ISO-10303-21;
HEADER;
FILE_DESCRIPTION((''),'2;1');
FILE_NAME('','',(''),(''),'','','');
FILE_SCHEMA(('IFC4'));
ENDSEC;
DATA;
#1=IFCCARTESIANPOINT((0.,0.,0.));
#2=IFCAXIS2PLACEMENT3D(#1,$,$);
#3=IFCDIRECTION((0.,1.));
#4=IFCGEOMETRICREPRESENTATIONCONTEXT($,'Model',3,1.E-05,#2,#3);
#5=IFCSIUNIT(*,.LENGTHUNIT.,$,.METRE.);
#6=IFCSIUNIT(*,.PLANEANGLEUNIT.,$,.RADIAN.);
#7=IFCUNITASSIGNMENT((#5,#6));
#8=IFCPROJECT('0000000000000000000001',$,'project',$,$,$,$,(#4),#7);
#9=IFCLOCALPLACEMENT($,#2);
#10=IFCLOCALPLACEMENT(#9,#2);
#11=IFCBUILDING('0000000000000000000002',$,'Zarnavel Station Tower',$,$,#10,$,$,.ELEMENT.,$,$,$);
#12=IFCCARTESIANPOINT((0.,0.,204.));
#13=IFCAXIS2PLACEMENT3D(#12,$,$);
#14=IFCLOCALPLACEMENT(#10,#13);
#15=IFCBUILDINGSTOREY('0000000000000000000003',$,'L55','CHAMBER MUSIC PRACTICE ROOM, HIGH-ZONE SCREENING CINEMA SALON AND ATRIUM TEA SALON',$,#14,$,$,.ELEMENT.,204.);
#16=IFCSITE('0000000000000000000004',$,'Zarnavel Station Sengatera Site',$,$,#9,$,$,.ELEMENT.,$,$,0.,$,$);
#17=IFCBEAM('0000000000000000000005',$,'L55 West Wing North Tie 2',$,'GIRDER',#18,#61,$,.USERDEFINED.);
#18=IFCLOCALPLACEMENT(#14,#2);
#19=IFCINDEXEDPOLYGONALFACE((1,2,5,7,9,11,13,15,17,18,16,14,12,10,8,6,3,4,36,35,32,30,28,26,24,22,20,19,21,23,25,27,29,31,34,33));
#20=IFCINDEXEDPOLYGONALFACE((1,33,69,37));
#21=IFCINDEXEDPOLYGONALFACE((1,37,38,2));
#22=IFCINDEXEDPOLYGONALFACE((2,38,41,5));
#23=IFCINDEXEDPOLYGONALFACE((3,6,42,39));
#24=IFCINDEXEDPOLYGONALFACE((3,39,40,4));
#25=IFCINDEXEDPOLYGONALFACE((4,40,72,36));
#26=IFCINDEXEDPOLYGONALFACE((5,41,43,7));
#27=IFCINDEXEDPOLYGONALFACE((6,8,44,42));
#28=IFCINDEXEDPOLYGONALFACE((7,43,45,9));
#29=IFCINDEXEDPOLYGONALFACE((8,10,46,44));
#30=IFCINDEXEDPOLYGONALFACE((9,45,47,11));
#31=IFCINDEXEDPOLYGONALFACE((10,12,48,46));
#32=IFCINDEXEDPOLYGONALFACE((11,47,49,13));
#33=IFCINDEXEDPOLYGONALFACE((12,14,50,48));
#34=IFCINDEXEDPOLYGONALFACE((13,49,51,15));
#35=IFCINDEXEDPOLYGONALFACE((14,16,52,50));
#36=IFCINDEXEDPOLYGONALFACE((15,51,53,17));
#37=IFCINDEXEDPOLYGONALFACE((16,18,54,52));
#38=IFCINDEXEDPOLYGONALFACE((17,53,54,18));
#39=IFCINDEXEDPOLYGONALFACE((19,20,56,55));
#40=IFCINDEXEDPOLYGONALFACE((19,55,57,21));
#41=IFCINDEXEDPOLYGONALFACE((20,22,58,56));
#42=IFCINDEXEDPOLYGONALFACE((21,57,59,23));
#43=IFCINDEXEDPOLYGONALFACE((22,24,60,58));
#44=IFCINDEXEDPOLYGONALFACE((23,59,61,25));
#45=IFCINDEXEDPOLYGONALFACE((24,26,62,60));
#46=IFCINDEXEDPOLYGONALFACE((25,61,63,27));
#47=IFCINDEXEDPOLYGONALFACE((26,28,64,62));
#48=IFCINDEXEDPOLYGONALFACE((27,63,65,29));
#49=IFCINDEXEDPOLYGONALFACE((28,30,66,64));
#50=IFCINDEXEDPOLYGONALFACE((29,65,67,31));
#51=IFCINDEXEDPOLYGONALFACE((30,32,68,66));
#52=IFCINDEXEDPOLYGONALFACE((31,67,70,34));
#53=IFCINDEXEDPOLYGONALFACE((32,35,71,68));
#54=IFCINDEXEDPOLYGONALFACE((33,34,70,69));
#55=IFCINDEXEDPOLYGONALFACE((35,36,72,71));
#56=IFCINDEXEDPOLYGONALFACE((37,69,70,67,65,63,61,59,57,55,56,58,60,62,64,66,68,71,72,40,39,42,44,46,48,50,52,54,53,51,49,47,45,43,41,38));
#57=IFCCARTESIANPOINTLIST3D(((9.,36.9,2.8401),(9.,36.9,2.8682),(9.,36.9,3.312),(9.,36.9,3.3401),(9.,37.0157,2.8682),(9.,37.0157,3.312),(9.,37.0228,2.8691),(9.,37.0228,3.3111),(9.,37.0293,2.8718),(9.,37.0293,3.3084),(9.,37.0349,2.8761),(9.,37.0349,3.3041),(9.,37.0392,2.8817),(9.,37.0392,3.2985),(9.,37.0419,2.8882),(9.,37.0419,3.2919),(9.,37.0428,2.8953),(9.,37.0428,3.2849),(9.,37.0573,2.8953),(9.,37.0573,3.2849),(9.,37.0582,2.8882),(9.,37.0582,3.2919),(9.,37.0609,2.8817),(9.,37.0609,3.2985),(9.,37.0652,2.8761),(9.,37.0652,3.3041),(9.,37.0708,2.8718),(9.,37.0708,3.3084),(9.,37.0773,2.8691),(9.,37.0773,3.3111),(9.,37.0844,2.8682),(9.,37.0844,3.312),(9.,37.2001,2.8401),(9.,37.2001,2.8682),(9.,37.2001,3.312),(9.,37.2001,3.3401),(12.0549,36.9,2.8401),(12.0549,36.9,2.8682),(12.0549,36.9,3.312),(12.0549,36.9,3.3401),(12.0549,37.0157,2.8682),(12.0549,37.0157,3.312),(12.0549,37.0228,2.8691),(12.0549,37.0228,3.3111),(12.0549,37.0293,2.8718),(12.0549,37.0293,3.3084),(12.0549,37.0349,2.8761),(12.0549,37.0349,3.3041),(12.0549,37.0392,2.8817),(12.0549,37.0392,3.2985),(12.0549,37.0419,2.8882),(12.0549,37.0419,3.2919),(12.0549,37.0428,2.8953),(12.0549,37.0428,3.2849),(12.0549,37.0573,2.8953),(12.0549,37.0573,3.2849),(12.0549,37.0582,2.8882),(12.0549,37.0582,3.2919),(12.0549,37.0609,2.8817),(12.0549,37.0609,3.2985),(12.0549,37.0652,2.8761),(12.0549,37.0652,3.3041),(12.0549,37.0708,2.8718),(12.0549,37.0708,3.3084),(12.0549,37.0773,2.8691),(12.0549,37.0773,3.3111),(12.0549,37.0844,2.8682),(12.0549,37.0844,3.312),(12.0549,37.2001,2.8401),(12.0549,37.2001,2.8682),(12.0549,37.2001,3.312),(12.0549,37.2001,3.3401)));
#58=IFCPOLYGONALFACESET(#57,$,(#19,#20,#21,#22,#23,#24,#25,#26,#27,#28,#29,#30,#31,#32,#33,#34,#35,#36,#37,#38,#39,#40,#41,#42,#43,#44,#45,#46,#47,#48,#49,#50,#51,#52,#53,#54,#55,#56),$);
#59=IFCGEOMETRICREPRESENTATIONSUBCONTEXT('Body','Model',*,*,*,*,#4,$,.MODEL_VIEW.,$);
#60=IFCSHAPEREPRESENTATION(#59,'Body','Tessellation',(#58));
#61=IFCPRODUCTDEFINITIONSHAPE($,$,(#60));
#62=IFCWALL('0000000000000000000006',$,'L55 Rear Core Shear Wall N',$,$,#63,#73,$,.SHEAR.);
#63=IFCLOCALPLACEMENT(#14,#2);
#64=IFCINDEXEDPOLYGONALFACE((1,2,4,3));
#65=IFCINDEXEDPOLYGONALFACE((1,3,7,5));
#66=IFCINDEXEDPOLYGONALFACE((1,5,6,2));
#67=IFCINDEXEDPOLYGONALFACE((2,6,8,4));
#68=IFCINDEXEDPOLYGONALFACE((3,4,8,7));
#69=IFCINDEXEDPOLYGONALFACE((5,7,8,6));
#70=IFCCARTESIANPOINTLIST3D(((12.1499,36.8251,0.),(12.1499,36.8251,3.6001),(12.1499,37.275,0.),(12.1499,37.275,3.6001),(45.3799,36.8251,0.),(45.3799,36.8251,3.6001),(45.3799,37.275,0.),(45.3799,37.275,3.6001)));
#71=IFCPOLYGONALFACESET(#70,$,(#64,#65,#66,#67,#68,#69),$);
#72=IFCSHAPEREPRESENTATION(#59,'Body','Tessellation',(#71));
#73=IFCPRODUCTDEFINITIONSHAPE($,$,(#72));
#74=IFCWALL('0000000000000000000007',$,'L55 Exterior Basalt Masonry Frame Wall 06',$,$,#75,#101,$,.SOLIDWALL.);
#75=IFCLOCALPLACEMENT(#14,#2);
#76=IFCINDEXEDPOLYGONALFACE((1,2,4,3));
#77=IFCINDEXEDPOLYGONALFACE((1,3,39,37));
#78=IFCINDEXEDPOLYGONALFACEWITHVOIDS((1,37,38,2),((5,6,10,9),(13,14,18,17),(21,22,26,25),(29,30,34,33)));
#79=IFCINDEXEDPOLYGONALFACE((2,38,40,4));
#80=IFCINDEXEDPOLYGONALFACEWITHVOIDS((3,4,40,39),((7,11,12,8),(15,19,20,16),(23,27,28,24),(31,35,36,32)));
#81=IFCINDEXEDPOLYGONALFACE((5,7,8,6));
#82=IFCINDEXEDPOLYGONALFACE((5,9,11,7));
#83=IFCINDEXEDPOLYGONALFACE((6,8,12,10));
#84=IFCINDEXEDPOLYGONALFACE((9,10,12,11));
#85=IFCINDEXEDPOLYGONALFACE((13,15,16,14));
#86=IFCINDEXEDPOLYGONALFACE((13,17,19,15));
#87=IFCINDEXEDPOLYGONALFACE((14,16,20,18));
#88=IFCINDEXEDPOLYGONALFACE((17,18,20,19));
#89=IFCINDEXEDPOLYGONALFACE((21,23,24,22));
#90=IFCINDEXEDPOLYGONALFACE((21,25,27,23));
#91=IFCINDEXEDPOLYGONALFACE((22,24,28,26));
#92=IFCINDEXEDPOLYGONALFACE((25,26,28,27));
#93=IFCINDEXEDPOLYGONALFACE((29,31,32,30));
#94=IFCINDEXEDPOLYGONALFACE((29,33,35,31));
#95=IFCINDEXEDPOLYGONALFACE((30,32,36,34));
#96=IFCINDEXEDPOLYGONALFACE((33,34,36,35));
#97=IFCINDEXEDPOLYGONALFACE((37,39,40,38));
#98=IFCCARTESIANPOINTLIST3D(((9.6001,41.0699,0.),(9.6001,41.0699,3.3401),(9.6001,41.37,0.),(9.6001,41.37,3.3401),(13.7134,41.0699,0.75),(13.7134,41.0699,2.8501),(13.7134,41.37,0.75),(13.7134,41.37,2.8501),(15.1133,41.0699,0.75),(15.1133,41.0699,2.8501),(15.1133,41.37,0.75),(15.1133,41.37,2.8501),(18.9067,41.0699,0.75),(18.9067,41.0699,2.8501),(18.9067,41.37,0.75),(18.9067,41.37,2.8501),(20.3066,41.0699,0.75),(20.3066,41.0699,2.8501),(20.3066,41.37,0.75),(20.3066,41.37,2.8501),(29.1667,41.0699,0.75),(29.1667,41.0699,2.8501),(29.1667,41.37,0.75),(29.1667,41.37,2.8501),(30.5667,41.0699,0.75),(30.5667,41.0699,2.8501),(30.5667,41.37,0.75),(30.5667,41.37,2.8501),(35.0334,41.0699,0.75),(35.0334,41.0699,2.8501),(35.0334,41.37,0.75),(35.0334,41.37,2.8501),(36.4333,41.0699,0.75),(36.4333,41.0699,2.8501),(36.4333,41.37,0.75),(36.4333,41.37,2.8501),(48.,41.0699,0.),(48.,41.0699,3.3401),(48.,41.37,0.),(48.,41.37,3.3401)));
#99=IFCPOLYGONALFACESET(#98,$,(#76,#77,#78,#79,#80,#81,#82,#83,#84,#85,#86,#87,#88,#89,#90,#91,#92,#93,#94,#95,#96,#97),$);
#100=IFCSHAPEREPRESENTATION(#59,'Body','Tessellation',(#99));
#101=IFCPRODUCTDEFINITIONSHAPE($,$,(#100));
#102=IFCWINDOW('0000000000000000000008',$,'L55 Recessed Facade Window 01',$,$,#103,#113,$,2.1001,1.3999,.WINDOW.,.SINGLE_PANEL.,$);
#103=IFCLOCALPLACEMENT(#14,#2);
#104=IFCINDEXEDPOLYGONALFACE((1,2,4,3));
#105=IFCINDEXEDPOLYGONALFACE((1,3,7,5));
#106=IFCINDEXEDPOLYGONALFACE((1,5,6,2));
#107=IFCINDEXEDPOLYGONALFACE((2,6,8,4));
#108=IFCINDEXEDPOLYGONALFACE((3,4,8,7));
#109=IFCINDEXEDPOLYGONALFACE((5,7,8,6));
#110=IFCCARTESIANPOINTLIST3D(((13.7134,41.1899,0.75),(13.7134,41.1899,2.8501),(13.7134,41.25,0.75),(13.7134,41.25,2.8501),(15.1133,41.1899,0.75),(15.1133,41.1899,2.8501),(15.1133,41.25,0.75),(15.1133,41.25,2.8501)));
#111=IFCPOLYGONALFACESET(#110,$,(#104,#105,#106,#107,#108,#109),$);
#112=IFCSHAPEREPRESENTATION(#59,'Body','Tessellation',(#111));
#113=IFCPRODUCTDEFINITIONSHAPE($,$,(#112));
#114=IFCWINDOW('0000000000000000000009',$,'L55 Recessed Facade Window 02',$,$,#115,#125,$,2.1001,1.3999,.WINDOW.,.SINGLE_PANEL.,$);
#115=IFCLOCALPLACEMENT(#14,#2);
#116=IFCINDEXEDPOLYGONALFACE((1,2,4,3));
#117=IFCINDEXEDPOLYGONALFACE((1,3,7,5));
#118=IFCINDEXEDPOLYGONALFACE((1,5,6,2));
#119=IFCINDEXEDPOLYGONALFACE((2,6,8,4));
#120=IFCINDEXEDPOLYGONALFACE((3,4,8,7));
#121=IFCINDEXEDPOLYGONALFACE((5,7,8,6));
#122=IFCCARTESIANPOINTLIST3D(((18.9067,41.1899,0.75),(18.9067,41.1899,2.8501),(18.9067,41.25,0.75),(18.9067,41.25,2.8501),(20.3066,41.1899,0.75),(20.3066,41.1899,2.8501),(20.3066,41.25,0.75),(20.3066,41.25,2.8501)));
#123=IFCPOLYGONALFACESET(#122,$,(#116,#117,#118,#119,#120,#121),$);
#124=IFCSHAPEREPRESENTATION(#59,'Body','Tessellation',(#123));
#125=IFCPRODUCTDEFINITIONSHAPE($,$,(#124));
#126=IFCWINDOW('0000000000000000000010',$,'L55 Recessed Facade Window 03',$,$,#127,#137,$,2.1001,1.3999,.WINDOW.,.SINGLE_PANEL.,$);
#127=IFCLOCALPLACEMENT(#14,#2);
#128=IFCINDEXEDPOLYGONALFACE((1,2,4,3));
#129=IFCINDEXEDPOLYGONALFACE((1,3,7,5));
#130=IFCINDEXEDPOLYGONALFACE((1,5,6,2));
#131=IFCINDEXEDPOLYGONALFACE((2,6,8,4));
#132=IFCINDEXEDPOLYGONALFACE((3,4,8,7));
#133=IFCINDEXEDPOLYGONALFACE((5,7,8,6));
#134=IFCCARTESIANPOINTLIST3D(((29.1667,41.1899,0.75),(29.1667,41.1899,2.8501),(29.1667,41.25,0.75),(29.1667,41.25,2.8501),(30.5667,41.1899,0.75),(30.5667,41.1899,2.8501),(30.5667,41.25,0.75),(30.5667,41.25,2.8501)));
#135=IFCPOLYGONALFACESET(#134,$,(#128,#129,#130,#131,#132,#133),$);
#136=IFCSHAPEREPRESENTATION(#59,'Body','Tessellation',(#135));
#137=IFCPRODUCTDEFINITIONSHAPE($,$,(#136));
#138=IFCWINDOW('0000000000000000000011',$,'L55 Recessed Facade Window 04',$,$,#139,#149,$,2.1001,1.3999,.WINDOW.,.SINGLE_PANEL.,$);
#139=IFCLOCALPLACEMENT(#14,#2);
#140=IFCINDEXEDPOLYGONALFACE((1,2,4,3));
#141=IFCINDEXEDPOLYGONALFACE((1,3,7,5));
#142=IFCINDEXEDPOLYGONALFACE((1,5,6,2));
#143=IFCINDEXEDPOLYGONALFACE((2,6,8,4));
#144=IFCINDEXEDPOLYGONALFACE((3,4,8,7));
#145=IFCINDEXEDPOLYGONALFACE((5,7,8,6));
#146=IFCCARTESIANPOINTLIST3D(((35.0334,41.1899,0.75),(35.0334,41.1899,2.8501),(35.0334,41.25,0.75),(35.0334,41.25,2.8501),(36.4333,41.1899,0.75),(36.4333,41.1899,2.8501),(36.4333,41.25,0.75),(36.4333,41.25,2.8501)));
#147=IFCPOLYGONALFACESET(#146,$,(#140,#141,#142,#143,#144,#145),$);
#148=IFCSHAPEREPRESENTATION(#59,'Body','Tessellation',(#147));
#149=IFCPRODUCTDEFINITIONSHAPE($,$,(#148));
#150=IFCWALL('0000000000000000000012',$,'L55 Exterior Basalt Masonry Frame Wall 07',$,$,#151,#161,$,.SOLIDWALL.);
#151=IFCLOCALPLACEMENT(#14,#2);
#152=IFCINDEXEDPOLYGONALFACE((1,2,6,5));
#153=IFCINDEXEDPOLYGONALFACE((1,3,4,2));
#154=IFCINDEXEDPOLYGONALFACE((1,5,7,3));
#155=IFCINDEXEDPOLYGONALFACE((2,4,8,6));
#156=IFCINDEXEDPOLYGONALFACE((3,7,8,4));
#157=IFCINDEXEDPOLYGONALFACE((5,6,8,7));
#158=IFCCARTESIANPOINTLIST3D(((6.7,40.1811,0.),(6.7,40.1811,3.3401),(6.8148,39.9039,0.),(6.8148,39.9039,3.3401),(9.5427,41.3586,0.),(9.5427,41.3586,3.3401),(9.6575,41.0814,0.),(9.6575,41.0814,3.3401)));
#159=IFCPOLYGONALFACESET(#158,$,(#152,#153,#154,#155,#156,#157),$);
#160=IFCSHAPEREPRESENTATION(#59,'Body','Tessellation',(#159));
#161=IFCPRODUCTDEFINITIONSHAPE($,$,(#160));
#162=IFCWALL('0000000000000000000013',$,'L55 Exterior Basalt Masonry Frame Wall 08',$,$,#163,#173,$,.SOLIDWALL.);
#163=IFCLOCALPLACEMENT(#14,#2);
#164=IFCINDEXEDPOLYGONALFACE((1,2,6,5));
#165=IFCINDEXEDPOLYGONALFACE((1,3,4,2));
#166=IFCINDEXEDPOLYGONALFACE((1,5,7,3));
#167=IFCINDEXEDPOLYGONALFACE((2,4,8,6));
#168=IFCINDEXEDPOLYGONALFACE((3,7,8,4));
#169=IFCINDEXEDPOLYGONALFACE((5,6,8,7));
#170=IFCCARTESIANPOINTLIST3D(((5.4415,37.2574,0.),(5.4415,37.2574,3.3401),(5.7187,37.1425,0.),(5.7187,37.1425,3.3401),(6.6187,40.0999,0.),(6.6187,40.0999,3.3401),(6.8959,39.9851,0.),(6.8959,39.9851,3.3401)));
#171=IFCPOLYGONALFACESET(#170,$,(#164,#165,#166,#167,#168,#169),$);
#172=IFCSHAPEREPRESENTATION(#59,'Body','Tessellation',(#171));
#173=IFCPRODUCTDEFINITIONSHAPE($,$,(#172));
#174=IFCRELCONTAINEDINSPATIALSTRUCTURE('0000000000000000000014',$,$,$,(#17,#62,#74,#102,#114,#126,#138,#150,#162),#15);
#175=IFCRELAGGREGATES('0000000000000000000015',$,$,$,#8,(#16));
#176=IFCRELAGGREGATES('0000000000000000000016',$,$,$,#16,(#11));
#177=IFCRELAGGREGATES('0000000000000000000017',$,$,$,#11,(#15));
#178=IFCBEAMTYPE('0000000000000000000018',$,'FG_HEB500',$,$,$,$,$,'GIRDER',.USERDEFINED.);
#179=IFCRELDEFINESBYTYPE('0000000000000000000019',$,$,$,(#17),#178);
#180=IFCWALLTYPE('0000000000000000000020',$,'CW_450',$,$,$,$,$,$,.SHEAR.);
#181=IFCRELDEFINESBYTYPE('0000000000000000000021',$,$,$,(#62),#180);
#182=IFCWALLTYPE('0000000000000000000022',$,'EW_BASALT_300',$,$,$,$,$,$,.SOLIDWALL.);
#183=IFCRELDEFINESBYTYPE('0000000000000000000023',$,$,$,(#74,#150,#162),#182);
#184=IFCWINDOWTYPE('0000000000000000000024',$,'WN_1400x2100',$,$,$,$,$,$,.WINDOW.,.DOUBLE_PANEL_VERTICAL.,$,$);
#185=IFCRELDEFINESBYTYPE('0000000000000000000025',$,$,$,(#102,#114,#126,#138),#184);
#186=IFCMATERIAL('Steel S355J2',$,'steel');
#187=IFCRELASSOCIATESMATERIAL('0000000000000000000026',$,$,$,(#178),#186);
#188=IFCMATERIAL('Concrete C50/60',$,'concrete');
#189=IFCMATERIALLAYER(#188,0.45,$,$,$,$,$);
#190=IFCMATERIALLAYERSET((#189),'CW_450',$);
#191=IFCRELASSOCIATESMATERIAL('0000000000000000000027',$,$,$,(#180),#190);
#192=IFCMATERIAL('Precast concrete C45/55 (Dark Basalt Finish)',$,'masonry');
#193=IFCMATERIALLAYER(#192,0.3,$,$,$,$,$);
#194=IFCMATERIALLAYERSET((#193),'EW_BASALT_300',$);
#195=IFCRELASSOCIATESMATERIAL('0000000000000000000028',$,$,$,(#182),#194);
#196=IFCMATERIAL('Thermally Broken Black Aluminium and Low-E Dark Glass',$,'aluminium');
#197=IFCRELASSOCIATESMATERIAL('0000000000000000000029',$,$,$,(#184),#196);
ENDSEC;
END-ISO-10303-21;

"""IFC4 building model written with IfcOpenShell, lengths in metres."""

from ifc_helpers import new_model, si_unit, direction, frame, frame_2d, origin, origin_2d, place, context, subcontext, project, spatial, rectangle, i_section, extrude, material, layer, layer_set, material_profile, profile_set, type_object, element, fill, save


model = new_model("IFC4")

# Units and contexts
model_context = context("Model", 3, precision=1e-05, world=origin(), true_north=direction((0.0, 1.0)))
body_context = subcontext(model_context, "Body", "Model", "MODEL_VIEW")
ifc_project = project(units=[si_unit("LENGTHUNIT", "METRE"), si_unit("PLANEANGLEUNIT", "RADIAN")], contexts=[model_context])

# Site, building, storey
site_placement = place(None, origin())
site = spatial("IfcSite", under=ifc_project, at=site_placement, Name="Zarnavel Station Sengatera Site", CompositionType="ELEMENT", RefElevation=0.0)
building_placement = place(site_placement, origin())
building = spatial("IfcBuilding", under=site, at=building_placement, Name="Zarnavel Station Tower", CompositionType="ELEMENT")
storey_placement = place(building_placement, frame((0.0, 0.0, 204.0)))
storey = spatial("IfcBuildingStorey", under=building, at=storey_placement, Name="L55", Description="CHAMBER MUSIC PRACTICE ROOM, HIGH-ZONE SCREENING CINEMA SALON AND ATRIUM TEA SALON", CompositionType="ELEMENT", Elevation=204.0)

# Beam
ifc_material_1 = material(Name="Steel S355J2", Category="steel")
ifc_material_profile_1 = material_profile(ifc_material_1, i_section(OverallWidth=0.3, OverallDepth=0.5, WebThickness=0.0144, FlangeThickness=0.0281, FilletRadius=0.0271, at=origin_2d()), Name="HEB500")
ifc_profile_set_1 = profile_set([ifc_material_profile_1], Name="Steel S355J2")
beam_type = type_object("IfcBeamType", Name="FG_HEB500", ElementType="GIRDER", PredefinedType="USERDEFINED", material=ifc_profile_set_1)
beam_1_placement = place(storey_placement, frame((9.0, 37.05, 3.0901), z_axis=(1.0, 0.0, 0.0), x_axis=(0.0, 1.0, 0.0)))
element("IfcBeam", 1, at=beam_1_placement, inside=storey, type_object=beam_type, Name="L55 West Wing North Tie 2", ObjectType="GIRDER", PredefinedType="USERDEFINED", context=body_context, shape_type="SweptSolid", body=[
    extrude(i_section(OverallWidth=0.3, OverallDepth=0.5, WebThickness=0.0144, FlangeThickness=0.0281, FilletRadius=0.0271, at=origin_2d()), origin(), (0.0, 0.0, 1.0), 3.0549),
])

# Wall
ifc_material_2 = material(Name="Concrete C50/60", Category="concrete")
ifc_layer_1 = layer(ifc_material_2, 0.45)
ifc_layer_set_1 = layer_set([ifc_layer_1], Name="CW_450")
wall_type_1 = type_object("IfcWallType", Name="CW_450", PredefinedType="SHEAR", material=ifc_layer_set_1)
wall_1_placement = place(storey_placement, frame((12.1499, 37.05, 0.0), z_axis=(0.0, 0.0, 1.0), x_axis=(1.0, 0.0, 0.0)))
element("IfcWall", 2, at=wall_1_placement, inside=storey, type_object=wall_type_1, Name="L55 Rear Core Shear Wall N", PredefinedType="SHEAR", context=body_context, shape_type="SweptSolid", body=[
    extrude(rectangle(XDim=33.23, YDim=0.45, at=frame_2d((16.615, 0.0))), origin(), (0.0, 0.0, 1.0), 3.6001),
])

# Wall, openings, windows
ifc_material_3 = material(Name="Precast concrete C45/55 (Dark Basalt Finish)", Category="masonry")
ifc_layer_2 = layer(ifc_material_3, 0.3)
ifc_layer_set_2 = layer_set([ifc_layer_2], Name="EW_BASALT_300")
wall_type_2 = type_object("IfcWallType", Name="EW_BASALT_300", PredefinedType="SOLIDWALL", material=ifc_layer_set_2)
wall_2_placement = place(storey_placement, frame((9.6001, 41.22, 0.0), z_axis=(0.0, 0.0, 1.0), x_axis=(1.0, 0.0, 0.0)))
wall_2 = element("IfcWall", 3, at=wall_2_placement, inside=storey, type_object=wall_type_2, Name="L55 Exterior Basalt Masonry Frame Wall 06", PredefinedType="SOLIDWALL", context=body_context, shape_type="SweptSolid", body=[
    extrude(rectangle(XDim=38.3999, YDim=0.3, at=frame_2d((19.2, 0.0))), origin(), (0.0, 0.0, 1.0), 3.3401),
])
opening_1_placement = place(wall_2_placement, frame((4.1133, 0.0, 0.75)))
opening_1 = element("IfcOpeningElement", 4, at=opening_1_placement, cuts=wall_2, PredefinedType="OPENING", context=body_context, shape_type="SweptSolid", body=[
    extrude(rectangle(XDim=1.3999, YDim=2.1001, at=frame_2d((0.7, 1.05))), frame((0.0, 0.1599, 0.0), z_axis=(0.0, -1.0, 0.0), x_axis=(1.0, 0.0, 0.0)), (0.0, 0.0, 1.0), 0.3201),
])
opening_2_placement = place(wall_2_placement, frame((9.3066, 0.0, 0.75)))
opening_2 = element("IfcOpeningElement", 5, at=opening_2_placement, cuts=wall_2, PredefinedType="OPENING", context=body_context, shape_type="SweptSolid", body=[
    extrude(rectangle(XDim=1.3999, YDim=2.1001, at=frame_2d((0.7, 1.05))), frame((0.0, 0.1599, 0.0), z_axis=(0.0, -1.0, 0.0), x_axis=(1.0, 0.0, 0.0)), (0.0, 0.0, 1.0), 0.3201),
])
opening_3_placement = place(wall_2_placement, frame((19.5667, 0.0, 0.75)))
opening_3 = element("IfcOpeningElement", 6, at=opening_3_placement, cuts=wall_2, PredefinedType="OPENING", context=body_context, shape_type="SweptSolid", body=[
    extrude(rectangle(XDim=1.3999, YDim=2.1001, at=frame_2d((0.7, 1.05))), frame((0.0, 0.1599, 0.0), z_axis=(0.0, -1.0, 0.0), x_axis=(1.0, 0.0, 0.0)), (0.0, 0.0, 1.0), 0.3201),
])
opening_4_placement = place(wall_2_placement, frame((25.4333, 0.0, 0.75)))
opening_4 = element("IfcOpeningElement", 7, at=opening_4_placement, cuts=wall_2, PredefinedType="OPENING", context=body_context, shape_type="SweptSolid", body=[
    extrude(rectangle(XDim=1.3999, YDim=2.1001, at=frame_2d((0.7, 1.05))), frame((0.0, 0.1599, 0.0), z_axis=(0.0, -1.0, 0.0), x_axis=(1.0, 0.0, 0.0)), (0.0, 0.0, 1.0), 0.3201),
])
ifc_material_4 = material(Name="Thermally Broken Black Aluminium and Low-E Dark Glass", Category="aluminium")
window_type = type_object("IfcWindowType", Name="WN_1400x2100", PartitioningType="DOUBLE_PANEL_VERTICAL", PredefinedType="WINDOW", material=ifc_material_4)
window_1_placement = place(opening_1_placement, origin())
window_1 = element("IfcWindow", 8, at=window_1_placement, inside=storey, type_object=window_type, Name="L55 Recessed Facade Window 01", OverallHeight=2.1001, OverallWidth=1.3999, PartitioningType="SINGLE_PANEL", PredefinedType="WINDOW", context=body_context, shape_type="SweptSolid", body=[
    extrude(rectangle(XDim=1.3999, YDim=2.1001, at=frame_2d((0.7, 1.05))), frame((0.0, 0.03, 0.0), z_axis=(0.0, -1.0, 0.0), x_axis=(1.0, 0.0, 0.0)), (0.0, 0.0, 1.0), 0.0601),
])
fill(opening_1, window_1)
window_2_placement = place(opening_2_placement, origin())
window_2 = element("IfcWindow", 9, at=window_2_placement, inside=storey, type_object=window_type, Name="L55 Recessed Facade Window 02", OverallHeight=2.1001, OverallWidth=1.3999, PartitioningType="SINGLE_PANEL", PredefinedType="WINDOW", context=body_context, shape_type="SweptSolid", body=[
    extrude(rectangle(XDim=1.3999, YDim=2.1001, at=frame_2d((0.7, 1.05))), frame((0.0, 0.03, 0.0), z_axis=(0.0, -1.0, 0.0), x_axis=(1.0, 0.0, 0.0)), (0.0, 0.0, 1.0), 0.0601),
])
fill(opening_2, window_2)
window_3_placement = place(opening_3_placement, origin())
window_3 = element("IfcWindow", 10, at=window_3_placement, inside=storey, type_object=window_type, Name="L55 Recessed Facade Window 03", OverallHeight=2.1001, OverallWidth=1.3999, PartitioningType="SINGLE_PANEL", PredefinedType="WINDOW", context=body_context, shape_type="SweptSolid", body=[
    extrude(rectangle(XDim=1.3999, YDim=2.1001, at=frame_2d((0.7, 1.05))), frame((0.0, 0.03, 0.0), z_axis=(0.0, -1.0, 0.0), x_axis=(1.0, 0.0, 0.0)), (0.0, 0.0, 1.0), 0.0601),
])
fill(opening_3, window_3)
window_4_placement = place(opening_4_placement, origin())
window_4 = element("IfcWindow", 11, at=window_4_placement, inside=storey, type_object=window_type, Name="L55 Recessed Facade Window 04", OverallHeight=2.1001, OverallWidth=1.3999, PartitioningType="SINGLE_PANEL", PredefinedType="WINDOW", context=body_context, shape_type="SweptSolid", body=[
    extrude(rectangle(XDim=1.3999, YDim=2.1001, at=frame_2d((0.7, 1.05))), frame((0.0, 0.03, 0.0), z_axis=(0.0, -1.0, 0.0), x_axis=(1.0, 0.0, 0.0)), (0.0, 0.0, 1.0), 0.0601),
])
fill(opening_4, window_4)

# Walls
wall_3_placement = place(storey_placement, frame((6.7573, 40.0425, 0.0), z_axis=(0.0, 0.0, 1.0), x_axis=(0.923882, 0.382676, 0.0)))
element("IfcWall", 12, at=wall_3_placement, inside=storey, type_object=wall_type_2, Name="L55 Exterior Basalt Masonry Frame Wall 07", PredefinedType="SOLIDWALL", context=body_context, shape_type="SweptSolid", body=[
    extrude(rectangle(XDim=3.0769, YDim=0.3, at=frame_2d((1.5386, 0.0))), origin(), (0.0, 0.0, 1.0), 3.3401),
])
wall_4_placement = place(storey_placement, frame((5.5801, 37.2, 0.0), z_axis=(0.0, 0.0, 1.0), x_axis=(0.382637, 0.923899, 0.0)))
element("IfcWall", 13, at=wall_4_placement, inside=storey, type_object=wall_type_2, Name="L55 Exterior Basalt Masonry Frame Wall 08", PredefinedType="SOLIDWALL", context=body_context, shape_type="SweptSolid", body=[
    extrude(rectangle(XDim=3.0767, YDim=0.3, at=frame_2d((1.5383, 0.0))), origin(), (0.0, 0.0, 1.0), 3.3401),
])

save(model, "model.ifc")
